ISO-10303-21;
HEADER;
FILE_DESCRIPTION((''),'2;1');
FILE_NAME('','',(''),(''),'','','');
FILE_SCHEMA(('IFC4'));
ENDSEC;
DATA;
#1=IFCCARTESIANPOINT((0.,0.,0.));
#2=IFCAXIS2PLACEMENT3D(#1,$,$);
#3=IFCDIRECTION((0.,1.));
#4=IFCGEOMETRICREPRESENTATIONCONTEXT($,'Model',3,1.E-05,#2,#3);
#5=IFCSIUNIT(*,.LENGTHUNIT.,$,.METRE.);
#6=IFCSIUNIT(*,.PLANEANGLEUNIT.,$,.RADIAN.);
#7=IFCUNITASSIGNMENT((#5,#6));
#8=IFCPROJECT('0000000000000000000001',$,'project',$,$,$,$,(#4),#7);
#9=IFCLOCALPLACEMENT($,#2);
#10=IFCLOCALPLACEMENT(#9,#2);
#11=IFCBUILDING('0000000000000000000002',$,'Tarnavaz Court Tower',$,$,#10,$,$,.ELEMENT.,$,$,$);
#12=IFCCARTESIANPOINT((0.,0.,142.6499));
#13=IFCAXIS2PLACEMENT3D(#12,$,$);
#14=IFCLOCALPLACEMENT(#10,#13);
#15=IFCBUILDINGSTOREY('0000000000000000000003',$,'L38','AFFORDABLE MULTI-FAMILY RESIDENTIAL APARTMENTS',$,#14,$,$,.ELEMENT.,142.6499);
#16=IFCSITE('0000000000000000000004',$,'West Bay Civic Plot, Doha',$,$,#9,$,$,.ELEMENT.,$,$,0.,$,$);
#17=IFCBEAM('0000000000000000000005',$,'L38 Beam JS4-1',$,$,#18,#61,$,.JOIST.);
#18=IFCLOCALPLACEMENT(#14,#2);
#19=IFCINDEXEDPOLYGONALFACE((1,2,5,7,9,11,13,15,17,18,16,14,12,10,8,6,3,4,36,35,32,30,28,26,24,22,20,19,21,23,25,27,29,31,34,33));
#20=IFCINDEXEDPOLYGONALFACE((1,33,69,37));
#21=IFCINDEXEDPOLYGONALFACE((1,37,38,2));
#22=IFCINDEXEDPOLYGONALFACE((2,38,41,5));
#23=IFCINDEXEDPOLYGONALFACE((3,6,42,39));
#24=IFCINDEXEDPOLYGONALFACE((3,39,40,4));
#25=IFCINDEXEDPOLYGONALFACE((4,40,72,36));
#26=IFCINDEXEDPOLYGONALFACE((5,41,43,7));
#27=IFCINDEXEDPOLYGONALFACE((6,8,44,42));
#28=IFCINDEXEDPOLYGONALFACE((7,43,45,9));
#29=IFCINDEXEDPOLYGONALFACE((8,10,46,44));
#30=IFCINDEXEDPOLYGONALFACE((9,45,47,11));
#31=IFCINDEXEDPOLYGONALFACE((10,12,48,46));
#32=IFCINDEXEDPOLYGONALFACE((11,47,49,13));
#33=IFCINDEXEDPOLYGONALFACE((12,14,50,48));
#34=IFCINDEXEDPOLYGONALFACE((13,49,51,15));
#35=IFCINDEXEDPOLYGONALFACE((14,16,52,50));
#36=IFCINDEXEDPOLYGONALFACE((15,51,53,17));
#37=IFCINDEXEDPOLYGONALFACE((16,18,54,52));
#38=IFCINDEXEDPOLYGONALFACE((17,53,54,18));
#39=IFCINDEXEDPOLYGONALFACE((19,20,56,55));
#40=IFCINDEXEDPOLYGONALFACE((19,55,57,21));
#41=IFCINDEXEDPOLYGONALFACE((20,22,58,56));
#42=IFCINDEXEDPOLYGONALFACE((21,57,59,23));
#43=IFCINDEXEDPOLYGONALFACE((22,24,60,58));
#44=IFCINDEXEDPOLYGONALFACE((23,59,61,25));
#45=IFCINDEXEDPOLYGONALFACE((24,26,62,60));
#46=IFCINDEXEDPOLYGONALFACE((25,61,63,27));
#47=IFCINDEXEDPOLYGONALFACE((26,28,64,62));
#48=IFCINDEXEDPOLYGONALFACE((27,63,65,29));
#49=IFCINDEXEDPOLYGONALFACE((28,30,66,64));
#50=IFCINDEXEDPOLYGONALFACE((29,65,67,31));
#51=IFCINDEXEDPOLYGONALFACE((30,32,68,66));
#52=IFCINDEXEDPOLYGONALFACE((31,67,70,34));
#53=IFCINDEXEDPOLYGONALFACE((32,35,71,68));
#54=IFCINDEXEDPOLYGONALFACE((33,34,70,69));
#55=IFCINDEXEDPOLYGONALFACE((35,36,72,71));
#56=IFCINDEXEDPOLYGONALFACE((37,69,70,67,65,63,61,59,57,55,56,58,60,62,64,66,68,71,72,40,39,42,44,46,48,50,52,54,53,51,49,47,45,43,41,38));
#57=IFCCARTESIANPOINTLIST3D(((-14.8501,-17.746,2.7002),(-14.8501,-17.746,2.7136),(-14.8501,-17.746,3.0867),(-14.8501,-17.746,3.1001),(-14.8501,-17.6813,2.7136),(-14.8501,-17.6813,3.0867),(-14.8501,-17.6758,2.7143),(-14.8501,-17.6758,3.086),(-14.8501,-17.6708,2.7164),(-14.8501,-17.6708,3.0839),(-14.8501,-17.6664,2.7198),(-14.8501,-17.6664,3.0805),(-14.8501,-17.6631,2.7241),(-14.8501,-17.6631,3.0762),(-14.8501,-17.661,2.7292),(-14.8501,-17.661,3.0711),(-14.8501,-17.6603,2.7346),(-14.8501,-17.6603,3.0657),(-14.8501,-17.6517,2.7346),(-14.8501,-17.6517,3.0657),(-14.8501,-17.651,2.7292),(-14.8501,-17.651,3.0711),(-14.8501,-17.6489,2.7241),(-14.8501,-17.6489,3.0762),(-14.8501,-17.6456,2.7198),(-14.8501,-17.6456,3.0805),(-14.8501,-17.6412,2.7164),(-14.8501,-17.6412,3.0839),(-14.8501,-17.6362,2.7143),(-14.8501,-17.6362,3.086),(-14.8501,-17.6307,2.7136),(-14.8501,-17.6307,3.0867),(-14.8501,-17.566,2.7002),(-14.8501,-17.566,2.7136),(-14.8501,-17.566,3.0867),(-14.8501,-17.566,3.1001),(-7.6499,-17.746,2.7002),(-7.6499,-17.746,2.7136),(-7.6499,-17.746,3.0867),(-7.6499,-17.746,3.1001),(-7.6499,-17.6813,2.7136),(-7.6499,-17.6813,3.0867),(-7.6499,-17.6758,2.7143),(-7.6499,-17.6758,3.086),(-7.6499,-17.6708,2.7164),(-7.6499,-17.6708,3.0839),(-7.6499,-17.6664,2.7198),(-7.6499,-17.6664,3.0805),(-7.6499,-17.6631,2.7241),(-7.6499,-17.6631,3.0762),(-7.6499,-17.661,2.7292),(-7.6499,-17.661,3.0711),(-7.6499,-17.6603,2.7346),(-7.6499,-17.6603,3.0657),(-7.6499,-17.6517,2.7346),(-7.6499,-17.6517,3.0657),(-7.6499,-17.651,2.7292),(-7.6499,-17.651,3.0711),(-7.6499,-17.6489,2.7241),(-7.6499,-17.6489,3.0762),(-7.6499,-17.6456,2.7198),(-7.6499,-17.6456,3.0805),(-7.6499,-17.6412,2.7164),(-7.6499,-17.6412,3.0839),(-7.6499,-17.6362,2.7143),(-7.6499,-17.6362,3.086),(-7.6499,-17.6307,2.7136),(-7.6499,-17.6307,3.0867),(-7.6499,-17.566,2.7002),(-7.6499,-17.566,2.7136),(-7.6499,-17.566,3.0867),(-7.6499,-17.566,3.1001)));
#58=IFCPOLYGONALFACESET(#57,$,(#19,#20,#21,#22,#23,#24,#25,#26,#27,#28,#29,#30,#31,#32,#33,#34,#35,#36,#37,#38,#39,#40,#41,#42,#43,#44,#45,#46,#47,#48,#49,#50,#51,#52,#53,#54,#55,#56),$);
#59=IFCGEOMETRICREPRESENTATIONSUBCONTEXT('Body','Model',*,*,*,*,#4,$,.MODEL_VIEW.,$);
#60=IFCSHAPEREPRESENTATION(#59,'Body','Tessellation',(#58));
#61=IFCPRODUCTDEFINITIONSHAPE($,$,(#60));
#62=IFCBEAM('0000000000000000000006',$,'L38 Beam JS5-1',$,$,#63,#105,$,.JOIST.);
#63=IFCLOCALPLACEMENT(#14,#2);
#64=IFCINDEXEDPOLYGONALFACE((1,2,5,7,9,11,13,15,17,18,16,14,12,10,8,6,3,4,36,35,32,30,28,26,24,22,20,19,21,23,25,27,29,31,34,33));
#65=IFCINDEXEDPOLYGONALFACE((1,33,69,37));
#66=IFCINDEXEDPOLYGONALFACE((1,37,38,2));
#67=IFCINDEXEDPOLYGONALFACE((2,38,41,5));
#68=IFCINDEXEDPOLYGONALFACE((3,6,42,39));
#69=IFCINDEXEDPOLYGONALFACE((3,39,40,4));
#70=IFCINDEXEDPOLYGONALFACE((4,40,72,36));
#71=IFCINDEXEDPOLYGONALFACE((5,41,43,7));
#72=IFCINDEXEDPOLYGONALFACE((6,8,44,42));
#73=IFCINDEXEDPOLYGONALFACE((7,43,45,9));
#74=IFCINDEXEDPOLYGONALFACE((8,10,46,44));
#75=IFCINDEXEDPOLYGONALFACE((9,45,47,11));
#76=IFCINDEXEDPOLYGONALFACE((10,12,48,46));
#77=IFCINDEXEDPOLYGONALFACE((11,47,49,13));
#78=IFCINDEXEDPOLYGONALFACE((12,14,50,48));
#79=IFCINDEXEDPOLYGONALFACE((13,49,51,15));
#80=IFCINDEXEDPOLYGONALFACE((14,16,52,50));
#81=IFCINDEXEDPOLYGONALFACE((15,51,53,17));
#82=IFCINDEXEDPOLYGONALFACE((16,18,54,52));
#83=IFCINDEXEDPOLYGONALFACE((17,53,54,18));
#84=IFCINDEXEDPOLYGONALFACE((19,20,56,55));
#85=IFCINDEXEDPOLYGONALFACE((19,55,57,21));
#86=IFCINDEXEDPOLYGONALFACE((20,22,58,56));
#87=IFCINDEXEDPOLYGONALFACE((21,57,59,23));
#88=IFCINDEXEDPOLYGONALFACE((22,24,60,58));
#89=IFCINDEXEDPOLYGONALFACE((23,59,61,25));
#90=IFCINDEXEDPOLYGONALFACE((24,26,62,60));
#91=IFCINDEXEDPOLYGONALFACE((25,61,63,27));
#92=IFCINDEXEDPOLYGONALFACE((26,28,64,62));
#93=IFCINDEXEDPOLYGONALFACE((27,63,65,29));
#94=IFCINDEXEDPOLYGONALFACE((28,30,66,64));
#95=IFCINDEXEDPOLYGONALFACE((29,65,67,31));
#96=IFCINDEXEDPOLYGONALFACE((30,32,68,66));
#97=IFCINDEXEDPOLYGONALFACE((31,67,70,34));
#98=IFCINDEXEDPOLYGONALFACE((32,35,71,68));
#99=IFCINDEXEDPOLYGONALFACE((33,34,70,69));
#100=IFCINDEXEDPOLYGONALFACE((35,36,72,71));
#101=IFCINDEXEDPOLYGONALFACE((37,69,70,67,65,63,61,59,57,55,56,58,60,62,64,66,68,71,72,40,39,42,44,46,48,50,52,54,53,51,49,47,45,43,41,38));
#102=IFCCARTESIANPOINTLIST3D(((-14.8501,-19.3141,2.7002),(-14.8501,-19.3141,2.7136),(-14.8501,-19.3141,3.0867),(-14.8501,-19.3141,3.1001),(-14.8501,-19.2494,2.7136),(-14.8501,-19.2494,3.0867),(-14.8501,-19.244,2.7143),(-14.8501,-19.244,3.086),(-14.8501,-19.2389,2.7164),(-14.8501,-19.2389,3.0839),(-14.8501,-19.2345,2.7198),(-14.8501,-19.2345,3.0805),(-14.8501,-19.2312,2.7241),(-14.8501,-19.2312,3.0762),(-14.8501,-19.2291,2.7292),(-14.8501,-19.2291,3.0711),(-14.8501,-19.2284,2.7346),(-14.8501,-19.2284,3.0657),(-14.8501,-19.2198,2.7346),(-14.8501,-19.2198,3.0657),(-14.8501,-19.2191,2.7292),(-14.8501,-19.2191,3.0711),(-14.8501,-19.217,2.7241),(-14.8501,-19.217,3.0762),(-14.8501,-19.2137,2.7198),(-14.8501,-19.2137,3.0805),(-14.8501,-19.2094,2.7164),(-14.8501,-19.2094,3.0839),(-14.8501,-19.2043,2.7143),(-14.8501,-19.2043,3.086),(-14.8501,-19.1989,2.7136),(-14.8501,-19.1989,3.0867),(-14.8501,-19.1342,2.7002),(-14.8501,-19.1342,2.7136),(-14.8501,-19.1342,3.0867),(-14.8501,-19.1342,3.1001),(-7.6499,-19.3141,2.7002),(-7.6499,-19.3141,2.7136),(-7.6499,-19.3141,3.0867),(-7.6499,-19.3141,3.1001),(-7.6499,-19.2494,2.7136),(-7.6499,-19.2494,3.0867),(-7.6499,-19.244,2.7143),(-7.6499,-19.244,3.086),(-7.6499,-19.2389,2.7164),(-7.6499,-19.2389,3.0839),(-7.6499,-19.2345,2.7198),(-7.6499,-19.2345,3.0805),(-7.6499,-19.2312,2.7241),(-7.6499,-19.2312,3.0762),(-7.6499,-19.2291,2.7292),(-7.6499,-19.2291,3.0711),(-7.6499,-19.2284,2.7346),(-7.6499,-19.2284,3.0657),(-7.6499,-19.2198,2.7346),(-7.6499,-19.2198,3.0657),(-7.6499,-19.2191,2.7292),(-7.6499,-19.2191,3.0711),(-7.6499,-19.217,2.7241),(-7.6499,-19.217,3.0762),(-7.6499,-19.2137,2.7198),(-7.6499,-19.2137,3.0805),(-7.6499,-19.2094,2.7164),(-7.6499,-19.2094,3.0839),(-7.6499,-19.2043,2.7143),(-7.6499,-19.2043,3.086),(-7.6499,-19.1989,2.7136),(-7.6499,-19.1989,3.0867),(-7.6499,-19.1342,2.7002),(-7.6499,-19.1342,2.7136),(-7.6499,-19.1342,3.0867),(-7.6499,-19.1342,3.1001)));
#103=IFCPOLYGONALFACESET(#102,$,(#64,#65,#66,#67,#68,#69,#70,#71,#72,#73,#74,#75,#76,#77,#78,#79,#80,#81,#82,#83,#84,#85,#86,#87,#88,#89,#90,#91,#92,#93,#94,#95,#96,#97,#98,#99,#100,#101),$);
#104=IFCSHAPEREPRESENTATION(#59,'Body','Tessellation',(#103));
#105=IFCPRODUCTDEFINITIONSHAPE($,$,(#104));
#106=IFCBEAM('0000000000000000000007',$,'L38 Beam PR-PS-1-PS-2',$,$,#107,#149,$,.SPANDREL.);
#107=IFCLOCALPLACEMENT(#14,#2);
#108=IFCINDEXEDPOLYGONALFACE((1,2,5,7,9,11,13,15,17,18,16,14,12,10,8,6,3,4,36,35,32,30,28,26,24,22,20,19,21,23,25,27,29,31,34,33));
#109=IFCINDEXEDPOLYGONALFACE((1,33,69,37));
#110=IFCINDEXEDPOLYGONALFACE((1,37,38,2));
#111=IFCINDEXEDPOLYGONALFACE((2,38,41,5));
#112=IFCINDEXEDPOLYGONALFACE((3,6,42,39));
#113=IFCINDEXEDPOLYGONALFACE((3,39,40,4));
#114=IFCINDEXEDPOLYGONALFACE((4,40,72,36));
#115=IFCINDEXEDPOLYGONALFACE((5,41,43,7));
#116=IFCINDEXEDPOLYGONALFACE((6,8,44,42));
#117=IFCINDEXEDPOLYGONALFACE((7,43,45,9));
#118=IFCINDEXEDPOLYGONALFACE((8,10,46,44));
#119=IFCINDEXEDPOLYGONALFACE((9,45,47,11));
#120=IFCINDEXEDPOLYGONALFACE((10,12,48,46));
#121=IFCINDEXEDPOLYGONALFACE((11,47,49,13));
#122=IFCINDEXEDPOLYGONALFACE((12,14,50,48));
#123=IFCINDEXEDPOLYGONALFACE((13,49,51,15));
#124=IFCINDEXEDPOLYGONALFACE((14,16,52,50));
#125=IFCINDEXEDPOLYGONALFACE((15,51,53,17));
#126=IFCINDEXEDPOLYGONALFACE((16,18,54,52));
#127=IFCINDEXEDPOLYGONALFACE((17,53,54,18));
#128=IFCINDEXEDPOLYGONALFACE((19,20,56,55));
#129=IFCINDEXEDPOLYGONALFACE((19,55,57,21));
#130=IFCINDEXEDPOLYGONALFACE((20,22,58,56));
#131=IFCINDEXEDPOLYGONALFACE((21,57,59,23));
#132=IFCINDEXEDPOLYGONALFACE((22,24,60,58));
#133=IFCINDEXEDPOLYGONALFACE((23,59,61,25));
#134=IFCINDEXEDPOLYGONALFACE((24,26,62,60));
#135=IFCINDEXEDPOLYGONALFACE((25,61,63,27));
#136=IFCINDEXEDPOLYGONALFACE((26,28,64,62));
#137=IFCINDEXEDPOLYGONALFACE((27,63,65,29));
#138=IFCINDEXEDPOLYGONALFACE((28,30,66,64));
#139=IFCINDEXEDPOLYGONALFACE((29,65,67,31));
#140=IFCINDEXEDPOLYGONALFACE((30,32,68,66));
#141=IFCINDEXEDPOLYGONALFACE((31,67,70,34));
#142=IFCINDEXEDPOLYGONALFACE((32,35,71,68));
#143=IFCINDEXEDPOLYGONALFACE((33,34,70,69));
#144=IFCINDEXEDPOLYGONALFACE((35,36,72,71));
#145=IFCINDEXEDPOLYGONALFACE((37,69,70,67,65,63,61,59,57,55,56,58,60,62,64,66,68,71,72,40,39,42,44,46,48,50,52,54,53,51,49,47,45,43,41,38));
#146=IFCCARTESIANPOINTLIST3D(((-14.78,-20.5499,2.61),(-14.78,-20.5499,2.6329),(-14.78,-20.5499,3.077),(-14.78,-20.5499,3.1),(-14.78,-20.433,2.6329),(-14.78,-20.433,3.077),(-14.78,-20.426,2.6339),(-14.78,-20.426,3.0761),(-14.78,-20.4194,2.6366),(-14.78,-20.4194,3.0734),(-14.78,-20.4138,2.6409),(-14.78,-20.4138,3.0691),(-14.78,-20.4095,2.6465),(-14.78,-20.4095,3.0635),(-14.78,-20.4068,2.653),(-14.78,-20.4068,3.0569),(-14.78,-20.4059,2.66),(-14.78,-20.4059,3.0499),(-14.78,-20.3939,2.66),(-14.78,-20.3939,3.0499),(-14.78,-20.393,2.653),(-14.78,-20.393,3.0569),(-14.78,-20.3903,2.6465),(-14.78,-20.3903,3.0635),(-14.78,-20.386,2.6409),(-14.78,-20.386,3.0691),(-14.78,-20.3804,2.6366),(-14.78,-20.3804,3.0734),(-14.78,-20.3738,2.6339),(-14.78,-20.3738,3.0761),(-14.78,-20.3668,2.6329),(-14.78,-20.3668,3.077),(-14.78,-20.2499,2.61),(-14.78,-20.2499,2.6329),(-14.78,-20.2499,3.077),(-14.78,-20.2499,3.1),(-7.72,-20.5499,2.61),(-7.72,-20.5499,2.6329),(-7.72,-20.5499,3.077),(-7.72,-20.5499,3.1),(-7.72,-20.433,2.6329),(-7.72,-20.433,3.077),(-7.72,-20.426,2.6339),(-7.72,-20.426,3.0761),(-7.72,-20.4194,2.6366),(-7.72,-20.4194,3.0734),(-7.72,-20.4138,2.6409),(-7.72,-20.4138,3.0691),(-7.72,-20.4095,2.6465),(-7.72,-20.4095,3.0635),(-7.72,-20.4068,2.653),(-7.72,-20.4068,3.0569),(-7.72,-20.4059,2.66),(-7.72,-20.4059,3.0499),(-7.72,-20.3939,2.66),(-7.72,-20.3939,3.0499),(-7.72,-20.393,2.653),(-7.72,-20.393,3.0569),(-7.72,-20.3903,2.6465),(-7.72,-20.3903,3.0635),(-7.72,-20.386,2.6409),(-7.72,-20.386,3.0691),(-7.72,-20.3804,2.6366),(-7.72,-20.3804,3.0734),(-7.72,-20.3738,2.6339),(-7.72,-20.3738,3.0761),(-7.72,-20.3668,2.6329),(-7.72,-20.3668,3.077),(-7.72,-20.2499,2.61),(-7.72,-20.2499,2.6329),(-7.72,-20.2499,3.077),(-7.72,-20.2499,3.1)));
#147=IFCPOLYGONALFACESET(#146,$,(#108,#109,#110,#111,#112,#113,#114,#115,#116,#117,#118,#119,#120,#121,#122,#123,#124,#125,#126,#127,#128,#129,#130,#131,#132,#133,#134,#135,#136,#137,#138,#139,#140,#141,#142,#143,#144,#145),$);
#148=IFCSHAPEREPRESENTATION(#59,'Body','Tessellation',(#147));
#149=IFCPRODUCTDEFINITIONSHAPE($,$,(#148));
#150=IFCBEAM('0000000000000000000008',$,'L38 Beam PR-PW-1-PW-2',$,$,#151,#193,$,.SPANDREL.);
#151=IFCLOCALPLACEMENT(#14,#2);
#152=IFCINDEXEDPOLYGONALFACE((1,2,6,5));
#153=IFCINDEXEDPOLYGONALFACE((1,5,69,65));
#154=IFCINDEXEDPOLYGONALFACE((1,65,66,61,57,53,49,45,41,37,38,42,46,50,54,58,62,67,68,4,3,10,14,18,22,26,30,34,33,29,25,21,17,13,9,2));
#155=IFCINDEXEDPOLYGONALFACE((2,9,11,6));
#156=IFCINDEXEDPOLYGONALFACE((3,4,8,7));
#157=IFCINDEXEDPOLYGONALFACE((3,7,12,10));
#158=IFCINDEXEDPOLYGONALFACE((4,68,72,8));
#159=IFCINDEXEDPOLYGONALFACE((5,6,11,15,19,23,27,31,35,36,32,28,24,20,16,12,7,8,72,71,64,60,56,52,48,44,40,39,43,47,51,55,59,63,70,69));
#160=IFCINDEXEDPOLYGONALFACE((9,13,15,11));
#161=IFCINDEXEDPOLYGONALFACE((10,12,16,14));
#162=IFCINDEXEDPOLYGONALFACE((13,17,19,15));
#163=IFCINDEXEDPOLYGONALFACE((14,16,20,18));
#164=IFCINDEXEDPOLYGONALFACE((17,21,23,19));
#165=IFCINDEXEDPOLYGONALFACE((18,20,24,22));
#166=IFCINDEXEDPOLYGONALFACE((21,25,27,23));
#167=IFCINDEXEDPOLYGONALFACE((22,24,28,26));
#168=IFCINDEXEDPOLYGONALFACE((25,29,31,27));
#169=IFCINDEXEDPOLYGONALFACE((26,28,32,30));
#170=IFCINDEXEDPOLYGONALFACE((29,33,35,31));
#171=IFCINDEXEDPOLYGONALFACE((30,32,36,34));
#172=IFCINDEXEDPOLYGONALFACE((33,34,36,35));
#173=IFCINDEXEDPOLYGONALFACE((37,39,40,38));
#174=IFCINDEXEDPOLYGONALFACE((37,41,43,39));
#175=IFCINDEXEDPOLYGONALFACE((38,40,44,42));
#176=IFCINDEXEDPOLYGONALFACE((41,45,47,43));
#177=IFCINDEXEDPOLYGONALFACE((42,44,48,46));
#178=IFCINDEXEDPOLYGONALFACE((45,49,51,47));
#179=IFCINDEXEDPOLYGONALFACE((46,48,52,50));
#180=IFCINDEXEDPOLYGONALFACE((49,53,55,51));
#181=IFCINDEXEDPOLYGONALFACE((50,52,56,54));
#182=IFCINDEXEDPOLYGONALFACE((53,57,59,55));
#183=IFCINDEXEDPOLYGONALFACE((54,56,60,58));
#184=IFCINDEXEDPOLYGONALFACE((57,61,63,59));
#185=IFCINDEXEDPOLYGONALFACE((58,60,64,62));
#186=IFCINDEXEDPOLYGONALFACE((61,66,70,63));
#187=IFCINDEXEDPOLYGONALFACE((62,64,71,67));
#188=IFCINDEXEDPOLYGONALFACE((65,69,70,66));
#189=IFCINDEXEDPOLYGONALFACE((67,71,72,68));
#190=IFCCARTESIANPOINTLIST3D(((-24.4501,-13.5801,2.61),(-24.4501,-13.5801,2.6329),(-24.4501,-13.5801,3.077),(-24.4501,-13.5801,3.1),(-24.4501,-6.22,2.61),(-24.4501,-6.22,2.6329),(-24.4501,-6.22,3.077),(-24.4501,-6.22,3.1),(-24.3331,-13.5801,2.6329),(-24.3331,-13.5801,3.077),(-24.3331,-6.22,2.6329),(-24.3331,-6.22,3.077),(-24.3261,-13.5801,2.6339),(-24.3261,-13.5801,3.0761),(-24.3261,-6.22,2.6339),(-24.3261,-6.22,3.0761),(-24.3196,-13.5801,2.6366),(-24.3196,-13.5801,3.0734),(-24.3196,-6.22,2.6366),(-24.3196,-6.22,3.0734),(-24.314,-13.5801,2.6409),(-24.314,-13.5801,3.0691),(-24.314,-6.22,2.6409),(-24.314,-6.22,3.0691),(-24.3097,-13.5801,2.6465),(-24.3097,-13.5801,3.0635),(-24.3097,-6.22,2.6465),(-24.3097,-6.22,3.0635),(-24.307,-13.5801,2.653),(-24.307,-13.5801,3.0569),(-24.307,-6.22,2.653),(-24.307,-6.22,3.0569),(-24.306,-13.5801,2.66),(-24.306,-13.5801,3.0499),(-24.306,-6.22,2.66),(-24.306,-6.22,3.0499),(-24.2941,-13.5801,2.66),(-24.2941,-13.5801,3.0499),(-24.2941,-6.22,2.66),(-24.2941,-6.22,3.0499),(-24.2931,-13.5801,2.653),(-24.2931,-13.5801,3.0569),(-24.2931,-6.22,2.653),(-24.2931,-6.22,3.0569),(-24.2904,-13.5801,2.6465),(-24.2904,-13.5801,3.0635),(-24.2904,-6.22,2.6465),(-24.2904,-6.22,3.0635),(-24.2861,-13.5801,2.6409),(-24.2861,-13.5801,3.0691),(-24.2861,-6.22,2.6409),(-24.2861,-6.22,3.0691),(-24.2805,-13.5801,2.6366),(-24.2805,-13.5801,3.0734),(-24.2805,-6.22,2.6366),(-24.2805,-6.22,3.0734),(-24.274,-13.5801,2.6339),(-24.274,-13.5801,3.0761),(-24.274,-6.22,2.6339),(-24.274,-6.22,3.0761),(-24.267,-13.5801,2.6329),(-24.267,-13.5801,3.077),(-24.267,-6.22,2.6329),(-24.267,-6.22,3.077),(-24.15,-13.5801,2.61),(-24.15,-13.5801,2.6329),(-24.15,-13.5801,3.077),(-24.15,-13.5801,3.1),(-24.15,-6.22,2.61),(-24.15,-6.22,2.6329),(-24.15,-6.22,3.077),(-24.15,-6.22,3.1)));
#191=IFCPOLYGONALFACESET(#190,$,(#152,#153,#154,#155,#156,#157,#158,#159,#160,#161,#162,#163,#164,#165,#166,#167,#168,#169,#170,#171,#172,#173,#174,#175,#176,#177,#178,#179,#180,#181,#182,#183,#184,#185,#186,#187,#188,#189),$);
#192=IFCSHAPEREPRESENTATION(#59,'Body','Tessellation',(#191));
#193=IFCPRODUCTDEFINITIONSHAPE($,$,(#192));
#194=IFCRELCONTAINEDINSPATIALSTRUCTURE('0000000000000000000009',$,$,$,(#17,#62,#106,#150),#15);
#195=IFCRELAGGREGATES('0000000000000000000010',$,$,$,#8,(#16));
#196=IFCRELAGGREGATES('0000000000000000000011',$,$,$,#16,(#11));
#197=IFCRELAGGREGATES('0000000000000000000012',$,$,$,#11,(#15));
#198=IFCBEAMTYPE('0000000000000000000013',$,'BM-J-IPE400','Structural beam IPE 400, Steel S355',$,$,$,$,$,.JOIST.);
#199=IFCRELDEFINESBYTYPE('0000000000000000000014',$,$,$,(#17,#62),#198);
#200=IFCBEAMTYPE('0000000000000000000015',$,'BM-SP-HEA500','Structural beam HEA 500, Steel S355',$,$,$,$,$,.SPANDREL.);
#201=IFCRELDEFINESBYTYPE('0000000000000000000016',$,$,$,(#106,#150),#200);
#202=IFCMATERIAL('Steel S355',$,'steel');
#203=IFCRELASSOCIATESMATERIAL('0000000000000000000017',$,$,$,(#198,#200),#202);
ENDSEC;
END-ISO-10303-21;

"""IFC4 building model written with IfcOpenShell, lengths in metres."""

from ifc_helpers import new_model, si_unit, direction, frame, origin, origin_2d, place, context, subcontext, project, spatial, i_section, extrude, material, material_profile, profile_set, type_object, element, save


model = new_model("IFC4")

# Units and contexts
model_context = context("Model", 3, precision=1e-05, world=origin(), true_north=direction((0.0, 1.0)))
body_context = subcontext(model_context, "Body", "Model", "MODEL_VIEW")
ifc_project = project(units=[si_unit("LENGTHUNIT", "METRE"), si_unit("PLANEANGLEUNIT", "RADIAN")], contexts=[model_context])

# Site, building, storey
site_placement = place(None, origin())
site = spatial("IfcSite", under=ifc_project, at=site_placement, Name="West Bay Civic Plot, Doha", CompositionType="ELEMENT", RefElevation=0.0)
building_placement = place(site_placement, origin())
building = spatial("IfcBuilding", under=site, at=building_placement, Name="Tarnavaz Court Tower", CompositionType="ELEMENT")
storey_placement = place(building_placement, frame((0.0, 0.0, 142.6499)))
storey = spatial("IfcBuildingStorey", under=building, at=storey_placement, Name="L38", Description="AFFORDABLE MULTI-FAMILY RESIDENTIAL APARTMENTS", CompositionType="ELEMENT", Elevation=142.6499)

# Beams
ifc_material_1 = material(Name="Steel S355", Category="steel")
ifc_material_profile_1 = material_profile(ifc_material_1, i_section(OverallWidth=0.1799, OverallDepth=0.3999, WebThickness=0.0085, FlangeThickness=0.0134, FilletRadius=0.021, at=origin_2d()), Name="IPE 400")
ifc_profile_set_1 = profile_set([ifc_material_profile_1], Name="Steel S355")
beam_type_1 = type_object("IfcBeamType", Name="BM-J-IPE400", Description="Structural beam IPE 400, Steel S355", PredefinedType="JOIST", material=ifc_profile_set_1)
for number, where, z_axis, x_axis, name in (
    (1, (-14.8501, -17.656, 2.9001), (1.0, 0.0, 0.0), (0.0, 1.0, 0.0), "L38 Beam JS4-1"),
    (2, (-14.8501, -19.2241, 2.9001), (1.0, 0.0, 0.0), (0.0, 1.0, 0.0), "L38 Beam JS5-1"),
):
    element("IfcBeam", number, at=place(storey_placement, frame(where, z_axis=z_axis, x_axis=x_axis)), inside=storey, type_object=beam_type_1, Name=name, PredefinedType="JOIST", context=body_context, shape_type="SweptSolid", body=[
        extrude(i_section(OverallWidth=0.1799, OverallDepth=0.3999, WebThickness=0.0085, FlangeThickness=0.0134, FilletRadius=0.021, at=origin_2d()), origin(), (0.0, 0.0, 1.0), 7.2002),
    ])
ifc_material_profile_2 = material_profile(ifc_material_1, i_section(OverallWidth=0.3, OverallDepth=0.49, WebThickness=0.012, FlangeThickness=0.0229, FilletRadius=0.0271, at=origin_2d()), Name="HEA 500")
ifc_profile_set_2 = profile_set([ifc_material_profile_2], Name="Steel S355")
beam_type_2 = type_object("IfcBeamType", Name="BM-SP-HEA500", Description="Structural beam HEA 500, Steel S355", PredefinedType="SPANDREL", material=ifc_profile_set_2)
beam_1_placement = place(storey_placement, frame((-14.78, -20.3999, 2.855), z_axis=(1.0, 0.0, 0.0), x_axis=(0.0, 1.0, 0.0)))
element("IfcBeam", 3, at=beam_1_placement, inside=storey, type_object=beam_type_2, Name="L38 Beam PR-PS-1-PS-2", PredefinedType="SPANDREL", context=body_context, shape_type="SweptSolid", body=[
    extrude(i_section(OverallWidth=0.3, OverallDepth=0.49, WebThickness=0.012, FlangeThickness=0.0229, FilletRadius=0.0271, at=origin_2d()), origin(), (0.0, 0.0, 1.0), 7.0601),
])
beam_2_placement = place(storey_placement, frame((-24.3, -13.5801, 2.855), z_axis=(0.0, 1.0, 0.0), x_axis=(-1.0, 0.0, 0.0)))
element("IfcBeam", 4, at=beam_2_placement, inside=storey, type_object=beam_type_2, Name="L38 Beam PR-PW-1-PW-2", PredefinedType="SPANDREL", context=body_context, shape_type="SweptSolid", body=[
    extrude(i_section(OverallWidth=0.3, OverallDepth=0.49, WebThickness=0.012, FlangeThickness=0.0229, FilletRadius=0.0271, at=origin_2d()), origin(), (0.0, 0.0, 1.0), 7.3601),
])

save(model, "model.ifc")
